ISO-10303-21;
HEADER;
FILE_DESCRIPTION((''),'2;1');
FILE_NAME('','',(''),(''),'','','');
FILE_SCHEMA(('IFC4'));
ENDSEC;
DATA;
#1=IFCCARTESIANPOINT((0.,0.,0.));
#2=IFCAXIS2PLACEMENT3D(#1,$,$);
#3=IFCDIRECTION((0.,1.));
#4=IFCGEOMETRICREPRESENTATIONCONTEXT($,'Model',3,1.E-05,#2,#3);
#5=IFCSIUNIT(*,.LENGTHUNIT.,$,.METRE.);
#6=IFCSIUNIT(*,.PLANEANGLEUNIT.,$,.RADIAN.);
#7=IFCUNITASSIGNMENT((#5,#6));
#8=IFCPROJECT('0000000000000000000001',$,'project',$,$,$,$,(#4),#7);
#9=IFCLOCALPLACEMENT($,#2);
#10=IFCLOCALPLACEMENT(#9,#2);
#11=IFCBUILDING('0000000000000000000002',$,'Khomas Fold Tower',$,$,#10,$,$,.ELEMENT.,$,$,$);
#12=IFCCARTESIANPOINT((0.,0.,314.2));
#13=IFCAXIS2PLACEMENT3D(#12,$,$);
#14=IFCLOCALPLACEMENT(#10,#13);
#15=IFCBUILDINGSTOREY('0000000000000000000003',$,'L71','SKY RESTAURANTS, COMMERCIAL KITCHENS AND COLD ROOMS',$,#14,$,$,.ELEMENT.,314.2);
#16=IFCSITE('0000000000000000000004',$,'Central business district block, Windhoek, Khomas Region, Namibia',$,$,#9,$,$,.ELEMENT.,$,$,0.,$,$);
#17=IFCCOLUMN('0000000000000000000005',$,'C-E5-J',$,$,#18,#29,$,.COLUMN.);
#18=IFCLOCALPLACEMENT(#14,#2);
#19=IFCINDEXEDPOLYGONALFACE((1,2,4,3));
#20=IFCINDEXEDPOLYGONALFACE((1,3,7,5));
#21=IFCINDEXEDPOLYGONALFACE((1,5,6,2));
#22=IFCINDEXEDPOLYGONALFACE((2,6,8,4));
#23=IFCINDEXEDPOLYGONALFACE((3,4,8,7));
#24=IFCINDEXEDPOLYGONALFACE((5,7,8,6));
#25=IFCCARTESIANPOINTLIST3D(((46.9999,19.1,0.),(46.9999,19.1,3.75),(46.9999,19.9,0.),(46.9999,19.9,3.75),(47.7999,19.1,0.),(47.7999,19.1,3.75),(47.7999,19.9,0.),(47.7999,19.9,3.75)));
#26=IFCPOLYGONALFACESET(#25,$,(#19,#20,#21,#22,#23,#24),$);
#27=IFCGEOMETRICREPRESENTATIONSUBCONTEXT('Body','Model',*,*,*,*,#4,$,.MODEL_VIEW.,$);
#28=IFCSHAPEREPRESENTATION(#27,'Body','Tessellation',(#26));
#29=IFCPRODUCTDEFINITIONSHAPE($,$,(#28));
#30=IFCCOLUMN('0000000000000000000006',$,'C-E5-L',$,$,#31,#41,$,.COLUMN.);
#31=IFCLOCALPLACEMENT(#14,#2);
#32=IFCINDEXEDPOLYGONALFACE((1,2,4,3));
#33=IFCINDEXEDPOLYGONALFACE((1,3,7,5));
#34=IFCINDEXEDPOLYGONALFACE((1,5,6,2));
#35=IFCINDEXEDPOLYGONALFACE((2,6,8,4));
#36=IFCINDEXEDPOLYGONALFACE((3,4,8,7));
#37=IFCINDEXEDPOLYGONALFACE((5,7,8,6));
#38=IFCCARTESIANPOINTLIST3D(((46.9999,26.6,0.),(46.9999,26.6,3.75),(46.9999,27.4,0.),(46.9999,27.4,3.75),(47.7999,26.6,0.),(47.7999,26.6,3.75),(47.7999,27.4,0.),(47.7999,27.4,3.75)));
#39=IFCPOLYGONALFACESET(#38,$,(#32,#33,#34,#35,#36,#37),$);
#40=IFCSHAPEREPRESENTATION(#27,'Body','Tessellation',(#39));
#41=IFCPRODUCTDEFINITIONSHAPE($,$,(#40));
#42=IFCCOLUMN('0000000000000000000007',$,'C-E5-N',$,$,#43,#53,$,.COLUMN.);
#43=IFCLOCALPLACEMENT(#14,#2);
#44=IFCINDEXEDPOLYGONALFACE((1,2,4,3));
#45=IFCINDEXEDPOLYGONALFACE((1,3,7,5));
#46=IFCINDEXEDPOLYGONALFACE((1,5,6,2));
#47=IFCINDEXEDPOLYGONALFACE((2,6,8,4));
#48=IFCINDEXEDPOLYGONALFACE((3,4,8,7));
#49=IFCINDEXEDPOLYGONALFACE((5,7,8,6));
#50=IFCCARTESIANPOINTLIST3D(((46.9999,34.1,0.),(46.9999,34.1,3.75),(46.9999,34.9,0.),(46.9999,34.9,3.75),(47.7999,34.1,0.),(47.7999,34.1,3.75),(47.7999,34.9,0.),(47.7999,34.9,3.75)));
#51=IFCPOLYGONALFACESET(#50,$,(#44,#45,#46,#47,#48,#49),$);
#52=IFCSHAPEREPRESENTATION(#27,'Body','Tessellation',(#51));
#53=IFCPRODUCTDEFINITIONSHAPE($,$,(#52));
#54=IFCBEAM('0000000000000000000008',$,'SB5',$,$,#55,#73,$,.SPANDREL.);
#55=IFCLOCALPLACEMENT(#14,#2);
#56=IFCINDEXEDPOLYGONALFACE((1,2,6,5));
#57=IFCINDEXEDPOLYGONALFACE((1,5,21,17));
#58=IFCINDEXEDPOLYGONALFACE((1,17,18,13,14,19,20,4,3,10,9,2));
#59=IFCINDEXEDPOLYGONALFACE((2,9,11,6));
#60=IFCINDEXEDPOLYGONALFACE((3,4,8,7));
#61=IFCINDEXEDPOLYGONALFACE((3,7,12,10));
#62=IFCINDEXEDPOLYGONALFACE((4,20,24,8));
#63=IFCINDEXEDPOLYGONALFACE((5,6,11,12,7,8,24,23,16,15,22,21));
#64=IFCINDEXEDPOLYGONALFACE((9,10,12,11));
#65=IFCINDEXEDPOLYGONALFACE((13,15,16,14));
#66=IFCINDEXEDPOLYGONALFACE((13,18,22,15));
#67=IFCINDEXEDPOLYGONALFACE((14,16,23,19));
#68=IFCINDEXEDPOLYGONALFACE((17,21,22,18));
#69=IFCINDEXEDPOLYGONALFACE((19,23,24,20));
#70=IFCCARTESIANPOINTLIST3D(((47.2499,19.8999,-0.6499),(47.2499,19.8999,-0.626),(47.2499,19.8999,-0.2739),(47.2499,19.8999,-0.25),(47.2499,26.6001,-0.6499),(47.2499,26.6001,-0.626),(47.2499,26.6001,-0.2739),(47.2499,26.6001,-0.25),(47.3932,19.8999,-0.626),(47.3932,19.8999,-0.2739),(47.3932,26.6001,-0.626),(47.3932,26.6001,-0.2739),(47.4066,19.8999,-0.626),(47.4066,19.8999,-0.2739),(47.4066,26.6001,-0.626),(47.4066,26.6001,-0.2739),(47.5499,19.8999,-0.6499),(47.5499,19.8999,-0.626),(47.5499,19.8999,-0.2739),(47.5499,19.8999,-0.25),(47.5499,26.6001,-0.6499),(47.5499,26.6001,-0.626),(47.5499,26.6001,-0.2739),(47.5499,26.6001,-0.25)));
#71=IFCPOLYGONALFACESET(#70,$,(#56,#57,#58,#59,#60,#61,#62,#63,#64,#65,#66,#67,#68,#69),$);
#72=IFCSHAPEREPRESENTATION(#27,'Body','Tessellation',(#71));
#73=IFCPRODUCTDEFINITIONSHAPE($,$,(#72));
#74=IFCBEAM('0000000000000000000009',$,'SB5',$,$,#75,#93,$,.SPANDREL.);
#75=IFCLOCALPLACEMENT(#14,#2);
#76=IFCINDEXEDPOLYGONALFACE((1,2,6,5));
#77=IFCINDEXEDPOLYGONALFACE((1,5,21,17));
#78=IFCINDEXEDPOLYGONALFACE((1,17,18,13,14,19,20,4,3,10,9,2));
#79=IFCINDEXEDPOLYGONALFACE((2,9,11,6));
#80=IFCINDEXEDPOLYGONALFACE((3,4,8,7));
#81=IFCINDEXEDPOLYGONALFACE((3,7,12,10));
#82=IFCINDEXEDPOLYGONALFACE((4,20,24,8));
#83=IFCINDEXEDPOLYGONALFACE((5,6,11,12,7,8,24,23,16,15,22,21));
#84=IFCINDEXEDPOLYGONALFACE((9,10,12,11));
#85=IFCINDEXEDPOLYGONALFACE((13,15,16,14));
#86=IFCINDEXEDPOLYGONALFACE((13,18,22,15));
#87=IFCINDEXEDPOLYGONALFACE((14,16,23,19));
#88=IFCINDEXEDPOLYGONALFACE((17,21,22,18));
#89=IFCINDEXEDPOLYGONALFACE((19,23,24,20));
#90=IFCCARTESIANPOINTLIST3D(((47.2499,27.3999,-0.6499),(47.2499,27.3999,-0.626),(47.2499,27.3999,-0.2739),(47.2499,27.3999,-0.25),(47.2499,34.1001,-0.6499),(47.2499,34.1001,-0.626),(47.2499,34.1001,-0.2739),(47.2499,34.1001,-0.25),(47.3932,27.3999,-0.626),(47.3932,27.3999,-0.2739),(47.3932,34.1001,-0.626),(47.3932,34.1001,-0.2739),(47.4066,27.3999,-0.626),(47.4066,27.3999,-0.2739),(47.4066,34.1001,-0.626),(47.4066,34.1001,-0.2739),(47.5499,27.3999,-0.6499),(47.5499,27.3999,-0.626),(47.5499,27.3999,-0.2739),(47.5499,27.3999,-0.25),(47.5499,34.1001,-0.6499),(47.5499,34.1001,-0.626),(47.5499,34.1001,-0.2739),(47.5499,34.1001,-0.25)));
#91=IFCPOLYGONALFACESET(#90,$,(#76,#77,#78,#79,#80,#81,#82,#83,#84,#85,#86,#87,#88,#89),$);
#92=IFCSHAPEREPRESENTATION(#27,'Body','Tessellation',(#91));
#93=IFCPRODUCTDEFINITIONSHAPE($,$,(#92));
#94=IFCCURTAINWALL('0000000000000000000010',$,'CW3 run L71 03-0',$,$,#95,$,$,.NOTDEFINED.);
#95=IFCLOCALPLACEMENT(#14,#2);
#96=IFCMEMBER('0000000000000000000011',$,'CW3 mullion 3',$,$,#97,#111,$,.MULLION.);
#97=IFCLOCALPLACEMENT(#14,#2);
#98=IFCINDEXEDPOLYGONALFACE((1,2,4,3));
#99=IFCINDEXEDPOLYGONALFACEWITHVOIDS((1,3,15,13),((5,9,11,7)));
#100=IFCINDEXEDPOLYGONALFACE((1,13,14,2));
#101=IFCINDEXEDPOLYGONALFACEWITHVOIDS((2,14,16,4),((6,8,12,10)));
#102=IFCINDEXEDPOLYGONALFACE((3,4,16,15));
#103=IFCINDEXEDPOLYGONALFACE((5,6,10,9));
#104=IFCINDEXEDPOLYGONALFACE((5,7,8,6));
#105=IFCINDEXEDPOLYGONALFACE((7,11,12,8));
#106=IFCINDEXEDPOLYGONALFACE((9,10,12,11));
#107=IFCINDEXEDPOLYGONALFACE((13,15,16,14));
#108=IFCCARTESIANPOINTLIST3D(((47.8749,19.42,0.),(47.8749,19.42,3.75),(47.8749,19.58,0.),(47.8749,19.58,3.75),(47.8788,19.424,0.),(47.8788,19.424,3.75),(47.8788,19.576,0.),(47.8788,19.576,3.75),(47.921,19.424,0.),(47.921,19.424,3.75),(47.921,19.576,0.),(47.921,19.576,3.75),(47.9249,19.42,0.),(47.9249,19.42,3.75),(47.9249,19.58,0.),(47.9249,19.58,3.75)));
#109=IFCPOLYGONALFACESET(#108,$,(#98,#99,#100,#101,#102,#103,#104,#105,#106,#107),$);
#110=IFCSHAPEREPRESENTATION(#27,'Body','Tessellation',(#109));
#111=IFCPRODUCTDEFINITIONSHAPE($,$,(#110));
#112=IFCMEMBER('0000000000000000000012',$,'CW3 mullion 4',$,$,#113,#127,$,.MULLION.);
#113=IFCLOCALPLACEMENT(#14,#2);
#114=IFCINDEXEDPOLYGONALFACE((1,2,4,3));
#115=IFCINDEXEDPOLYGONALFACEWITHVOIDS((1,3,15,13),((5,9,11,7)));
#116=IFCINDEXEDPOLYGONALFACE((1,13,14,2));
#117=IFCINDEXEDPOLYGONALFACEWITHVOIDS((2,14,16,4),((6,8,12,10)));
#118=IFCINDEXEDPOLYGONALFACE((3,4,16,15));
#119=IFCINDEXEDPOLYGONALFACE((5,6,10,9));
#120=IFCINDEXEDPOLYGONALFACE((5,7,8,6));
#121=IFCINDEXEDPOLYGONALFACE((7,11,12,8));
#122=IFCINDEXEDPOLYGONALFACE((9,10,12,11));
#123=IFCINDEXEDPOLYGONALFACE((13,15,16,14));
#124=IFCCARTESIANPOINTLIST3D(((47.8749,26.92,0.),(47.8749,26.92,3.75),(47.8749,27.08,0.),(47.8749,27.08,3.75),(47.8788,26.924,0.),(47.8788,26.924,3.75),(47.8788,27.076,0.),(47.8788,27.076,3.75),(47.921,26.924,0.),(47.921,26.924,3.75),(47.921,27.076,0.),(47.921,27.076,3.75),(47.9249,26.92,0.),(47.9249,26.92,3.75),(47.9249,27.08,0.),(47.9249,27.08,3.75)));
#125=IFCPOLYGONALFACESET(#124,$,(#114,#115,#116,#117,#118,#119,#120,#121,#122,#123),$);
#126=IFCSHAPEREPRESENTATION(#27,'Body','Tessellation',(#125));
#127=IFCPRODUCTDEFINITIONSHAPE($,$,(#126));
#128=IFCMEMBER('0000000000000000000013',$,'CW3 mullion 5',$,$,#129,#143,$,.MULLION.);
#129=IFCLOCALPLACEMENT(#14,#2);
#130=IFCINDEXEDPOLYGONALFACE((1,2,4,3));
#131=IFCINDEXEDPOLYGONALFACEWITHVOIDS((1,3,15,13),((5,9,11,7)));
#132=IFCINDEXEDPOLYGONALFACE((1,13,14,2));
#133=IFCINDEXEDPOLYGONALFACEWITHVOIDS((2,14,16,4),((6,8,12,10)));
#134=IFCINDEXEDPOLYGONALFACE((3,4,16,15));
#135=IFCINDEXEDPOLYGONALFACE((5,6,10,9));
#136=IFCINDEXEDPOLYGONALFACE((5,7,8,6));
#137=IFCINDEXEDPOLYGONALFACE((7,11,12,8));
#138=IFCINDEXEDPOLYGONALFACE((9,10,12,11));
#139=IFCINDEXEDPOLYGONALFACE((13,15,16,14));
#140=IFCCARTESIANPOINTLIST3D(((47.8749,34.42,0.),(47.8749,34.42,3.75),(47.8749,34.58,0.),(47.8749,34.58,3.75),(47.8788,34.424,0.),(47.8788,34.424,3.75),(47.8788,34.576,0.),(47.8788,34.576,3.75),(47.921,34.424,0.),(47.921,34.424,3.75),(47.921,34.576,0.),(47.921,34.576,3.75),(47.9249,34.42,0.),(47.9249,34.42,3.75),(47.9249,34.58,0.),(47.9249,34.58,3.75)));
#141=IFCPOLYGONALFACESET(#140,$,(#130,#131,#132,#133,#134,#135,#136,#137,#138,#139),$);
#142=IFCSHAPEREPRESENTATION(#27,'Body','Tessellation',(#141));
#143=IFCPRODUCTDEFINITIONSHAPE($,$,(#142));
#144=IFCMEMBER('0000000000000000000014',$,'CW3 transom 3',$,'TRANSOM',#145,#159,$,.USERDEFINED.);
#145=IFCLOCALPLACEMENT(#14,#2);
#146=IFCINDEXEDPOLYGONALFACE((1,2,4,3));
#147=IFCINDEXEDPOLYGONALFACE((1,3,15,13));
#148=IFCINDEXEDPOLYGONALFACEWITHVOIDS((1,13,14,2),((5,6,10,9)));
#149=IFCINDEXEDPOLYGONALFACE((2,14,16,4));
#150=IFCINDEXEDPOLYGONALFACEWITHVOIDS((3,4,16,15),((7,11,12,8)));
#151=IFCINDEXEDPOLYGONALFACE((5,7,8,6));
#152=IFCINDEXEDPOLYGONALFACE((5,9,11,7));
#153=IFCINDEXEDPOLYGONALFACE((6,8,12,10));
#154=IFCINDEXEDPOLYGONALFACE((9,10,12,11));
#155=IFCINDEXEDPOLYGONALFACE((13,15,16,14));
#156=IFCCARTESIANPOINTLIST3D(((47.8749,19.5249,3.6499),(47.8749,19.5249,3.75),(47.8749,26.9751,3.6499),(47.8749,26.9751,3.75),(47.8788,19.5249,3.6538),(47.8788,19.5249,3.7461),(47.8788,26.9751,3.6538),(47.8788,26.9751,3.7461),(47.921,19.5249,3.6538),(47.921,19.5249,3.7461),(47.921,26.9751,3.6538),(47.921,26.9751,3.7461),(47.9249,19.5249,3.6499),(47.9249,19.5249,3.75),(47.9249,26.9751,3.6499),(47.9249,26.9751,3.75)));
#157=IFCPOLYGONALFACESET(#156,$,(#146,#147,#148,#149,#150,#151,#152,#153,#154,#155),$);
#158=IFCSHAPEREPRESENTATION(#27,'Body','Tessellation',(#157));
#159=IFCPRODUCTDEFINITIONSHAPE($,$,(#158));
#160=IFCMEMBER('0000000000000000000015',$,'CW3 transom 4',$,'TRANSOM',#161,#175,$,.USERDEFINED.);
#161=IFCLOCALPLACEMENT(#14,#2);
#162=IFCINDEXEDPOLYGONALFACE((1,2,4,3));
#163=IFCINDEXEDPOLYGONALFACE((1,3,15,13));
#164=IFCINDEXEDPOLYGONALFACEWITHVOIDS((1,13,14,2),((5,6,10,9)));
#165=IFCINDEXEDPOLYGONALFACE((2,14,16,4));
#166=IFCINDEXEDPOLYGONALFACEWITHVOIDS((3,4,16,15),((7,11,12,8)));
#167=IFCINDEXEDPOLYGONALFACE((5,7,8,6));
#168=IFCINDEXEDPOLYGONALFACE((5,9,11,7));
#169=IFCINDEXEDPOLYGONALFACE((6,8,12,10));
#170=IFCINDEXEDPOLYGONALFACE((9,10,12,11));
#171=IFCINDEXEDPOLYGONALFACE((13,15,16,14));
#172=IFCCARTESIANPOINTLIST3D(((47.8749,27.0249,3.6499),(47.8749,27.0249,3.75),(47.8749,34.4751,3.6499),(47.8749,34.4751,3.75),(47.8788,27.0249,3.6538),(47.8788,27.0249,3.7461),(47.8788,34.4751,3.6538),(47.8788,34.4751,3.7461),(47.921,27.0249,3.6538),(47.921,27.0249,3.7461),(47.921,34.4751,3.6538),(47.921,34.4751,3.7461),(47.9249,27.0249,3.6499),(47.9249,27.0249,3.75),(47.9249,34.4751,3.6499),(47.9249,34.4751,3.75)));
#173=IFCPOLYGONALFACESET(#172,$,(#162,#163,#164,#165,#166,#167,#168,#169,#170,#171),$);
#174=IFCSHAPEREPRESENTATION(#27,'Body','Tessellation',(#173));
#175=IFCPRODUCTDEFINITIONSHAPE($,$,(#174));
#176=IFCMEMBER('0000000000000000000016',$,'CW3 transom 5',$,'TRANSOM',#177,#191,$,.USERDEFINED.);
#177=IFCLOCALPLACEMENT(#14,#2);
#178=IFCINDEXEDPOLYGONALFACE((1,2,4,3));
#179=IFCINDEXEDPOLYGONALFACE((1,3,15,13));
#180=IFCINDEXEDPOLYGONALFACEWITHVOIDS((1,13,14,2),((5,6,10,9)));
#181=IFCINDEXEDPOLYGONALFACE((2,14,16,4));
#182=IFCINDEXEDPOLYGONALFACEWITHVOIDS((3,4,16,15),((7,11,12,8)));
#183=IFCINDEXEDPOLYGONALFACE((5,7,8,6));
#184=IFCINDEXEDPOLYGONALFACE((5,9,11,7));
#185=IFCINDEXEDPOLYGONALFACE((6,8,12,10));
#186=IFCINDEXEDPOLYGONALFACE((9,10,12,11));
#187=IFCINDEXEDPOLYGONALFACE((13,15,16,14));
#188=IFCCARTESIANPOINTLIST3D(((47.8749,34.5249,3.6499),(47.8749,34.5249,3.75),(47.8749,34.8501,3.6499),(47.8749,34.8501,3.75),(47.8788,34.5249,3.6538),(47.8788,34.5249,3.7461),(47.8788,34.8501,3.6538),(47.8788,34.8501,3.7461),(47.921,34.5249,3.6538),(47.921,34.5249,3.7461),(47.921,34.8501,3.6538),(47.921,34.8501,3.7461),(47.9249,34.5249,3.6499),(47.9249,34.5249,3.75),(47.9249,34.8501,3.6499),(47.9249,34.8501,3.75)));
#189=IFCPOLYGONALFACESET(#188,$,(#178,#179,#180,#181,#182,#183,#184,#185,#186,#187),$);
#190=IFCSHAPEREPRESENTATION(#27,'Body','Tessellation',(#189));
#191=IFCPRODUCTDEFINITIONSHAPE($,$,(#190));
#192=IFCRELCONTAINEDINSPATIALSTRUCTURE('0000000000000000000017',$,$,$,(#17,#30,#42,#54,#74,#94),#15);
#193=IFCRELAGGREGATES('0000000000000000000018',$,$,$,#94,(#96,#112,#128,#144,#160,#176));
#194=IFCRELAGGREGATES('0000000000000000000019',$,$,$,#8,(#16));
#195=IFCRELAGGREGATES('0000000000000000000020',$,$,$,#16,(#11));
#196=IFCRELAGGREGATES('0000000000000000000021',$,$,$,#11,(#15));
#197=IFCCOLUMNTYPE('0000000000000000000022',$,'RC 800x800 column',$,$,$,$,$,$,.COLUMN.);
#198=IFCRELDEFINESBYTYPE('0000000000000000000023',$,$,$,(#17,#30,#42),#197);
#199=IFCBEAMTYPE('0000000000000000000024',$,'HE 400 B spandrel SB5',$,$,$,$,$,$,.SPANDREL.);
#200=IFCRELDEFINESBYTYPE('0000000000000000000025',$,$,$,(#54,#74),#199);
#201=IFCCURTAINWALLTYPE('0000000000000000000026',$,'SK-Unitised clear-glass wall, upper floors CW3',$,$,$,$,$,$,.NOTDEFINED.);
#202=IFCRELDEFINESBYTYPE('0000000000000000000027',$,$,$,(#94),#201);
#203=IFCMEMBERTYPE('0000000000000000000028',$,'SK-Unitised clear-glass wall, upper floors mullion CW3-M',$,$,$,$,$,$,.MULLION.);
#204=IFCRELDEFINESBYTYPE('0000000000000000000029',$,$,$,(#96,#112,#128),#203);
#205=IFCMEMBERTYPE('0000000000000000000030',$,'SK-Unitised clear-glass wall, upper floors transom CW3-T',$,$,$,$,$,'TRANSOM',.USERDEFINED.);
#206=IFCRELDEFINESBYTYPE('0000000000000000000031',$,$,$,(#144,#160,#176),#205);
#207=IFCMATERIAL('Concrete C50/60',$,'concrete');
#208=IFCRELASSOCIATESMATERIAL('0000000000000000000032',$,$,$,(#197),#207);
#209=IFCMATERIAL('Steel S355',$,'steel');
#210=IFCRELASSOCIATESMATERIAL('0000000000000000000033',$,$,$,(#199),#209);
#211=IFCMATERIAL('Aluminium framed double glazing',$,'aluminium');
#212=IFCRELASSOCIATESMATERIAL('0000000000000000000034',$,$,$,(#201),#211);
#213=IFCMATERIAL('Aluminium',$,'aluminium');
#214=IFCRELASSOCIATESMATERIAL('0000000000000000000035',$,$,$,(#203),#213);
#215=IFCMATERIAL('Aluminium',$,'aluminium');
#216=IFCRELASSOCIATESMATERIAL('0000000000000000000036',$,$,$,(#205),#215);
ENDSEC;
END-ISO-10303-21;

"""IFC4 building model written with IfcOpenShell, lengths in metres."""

from ifc_helpers import new_model, si_unit, direction, frame, origin, origin_2d, place, context, subcontext, project, spatial, rectangle, hollow_rectangle, i_section, extrude, source, transform, mapped, material, material_profile, profile_set, type_object, element, aggregate, save


model = new_model("IFC4")

# Units and contexts
model_context = context("Model", 3, precision=1e-05, world=origin(), true_north=direction((0.0, 1.0)))
body_context = subcontext(model_context, "Body", "Model", "MODEL_VIEW")
ifc_project = project(units=[si_unit("LENGTHUNIT", "METRE"), si_unit("PLANEANGLEUNIT", "RADIAN")], contexts=[model_context])

# Site, building, storey
site_placement = place(None, origin())
site = spatial("IfcSite", under=ifc_project, at=site_placement, Name="Central business district block, Windhoek, Khomas Region, Namibia", CompositionType="ELEMENT", RefElevation=0.0)
building_placement = place(site_placement, origin())
building = spatial("IfcBuilding", under=site, at=building_placement, Name="Khomas Fold Tower", CompositionType="ELEMENT")
storey_placement = place(building_placement, frame((0.0, 0.0, 314.2)))
storey = spatial("IfcBuildingStorey", under=building, at=storey_placement, Name="L71", Description="SKY RESTAURANTS, COMMERCIAL KITCHENS AND COLD ROOMS", CompositionType="ELEMENT", Elevation=314.2)

# Columns
ifc_material_1 = material(Name="Concrete C50/60", Category="concrete")
ifc_material_profile_1 = material_profile(ifc_material_1, rectangle(XDim=0.8, YDim=0.8, at=origin_2d()), Name="RC 800x800")
ifc_profile_set_1 = profile_set([ifc_material_profile_1], Name="Concrete C50/60")
column_type = type_object("IfcColumnType", Name="RC 800x800 column", PredefinedType="COLUMN", material=ifc_profile_set_1)
shared_shape_1 = source(origin(), body_context, "Body", "SweptSolid", [
    extrude(rectangle(XDim=0.8, YDim=0.8, at=origin_2d()), origin(), (0.0, 0.0, 1.0), 3.75),
])
for number, where, z_axis, x_axis, name in (
    (1, (47.3999, 19.5, 0.0), (0.0, 0.0, 1.0), (1.0, 0.0, 0.0), "C-E5-J"),
    (2, (47.3999, 27.0, 0.0), (0.0, 0.0, 1.0), (1.0, 0.0, 0.0), "C-E5-L"),
    (3, (47.3999, 34.5, 0.0), (0.0, 0.0, 1.0), (1.0, 0.0, 0.0), "C-E5-N"),
):
    element("IfcColumn", number, at=place(storey_placement, frame(where, z_axis=z_axis, x_axis=x_axis)), inside=storey, type_object=column_type, Name=name, PredefinedType="COLUMN", context=body_context, shape_type="MappedRepresentation", body=[
        mapped(shared_shape_1, transform((0.0, 0.0, 0.0))),
    ])

# Beams
ifc_material_2 = material(Name="Steel S355", Category="steel")
ifc_material_profile_2 = material_profile(ifc_material_2, i_section(OverallWidth=0.3, OverallDepth=0.3999, WebThickness=0.0134, FlangeThickness=0.0239, at=origin_2d()), Name="HE 400 B")
ifc_profile_set_2 = profile_set([ifc_material_profile_2], Name="Steel S355")
beam_type = type_object("IfcBeamType", Name="HE 400 B spandrel SB5", PredefinedType="SPANDREL", material=ifc_profile_set_2)
shared_shape_2 = source(origin(), body_context, "Body", "SweptSolid", [
    extrude(i_section(OverallWidth=0.3, OverallDepth=0.3999, WebThickness=0.0134, FlangeThickness=0.0239, at=origin_2d()), origin(), (0.0, 0.0, 1.0), 6.7002),
])
for number, where, z_axis, x_axis, name in (
    (4, (47.3999, 19.8999, -0.45), (0.0, 1.0, 0.0), (-1.0, 0.0, 0.0), "SB5"),
    (5, (47.3999, 27.3999, -0.45), (0.0, 1.0, 0.0), (-1.0, 0.0, 0.0), "SB5"),
):
    element("IfcBeam", number, at=place(storey_placement, frame(where, z_axis=z_axis, x_axis=x_axis)), inside=storey, type_object=beam_type, Name=name, PredefinedType="SPANDREL", context=body_context, shape_type="MappedRepresentation", body=[
        mapped(shared_shape_2, transform((0.0, 0.0, 0.0))),
    ])

# Curtain wall, members
ifc_material_3 = material(Name="Aluminium framed double glazing", Category="aluminium")
curtain_wall_type = type_object("IfcCurtainWallType", Name="SK-Unitised clear-glass wall, upper floors CW3", PredefinedType="NOTDEFINED", material=ifc_material_3)
curtain_wall_placement = place(storey_placement, origin())
curtain_wall = element("IfcCurtainWall", 6, at=curtain_wall_placement, inside=storey, type_object=curtain_wall_type, Name="CW3 run L71 03-0", PredefinedType="NOTDEFINED")
ifc_material_4 = material(Name="Aluminium", Category="aluminium")
ifc_material_profile_3 = material_profile(ifc_material_4, hollow_rectangle(XDim=0.05, YDim=0.1599, WallThickness=0.0039, at=origin_2d()), Name="SK-Unitised clear-glass wall, upper floors mullion CW3-M")
ifc_profile_set_3 = profile_set([ifc_material_profile_3], Name="Aluminium")
member_type_1 = type_object("IfcMemberType", Name="SK-Unitised clear-glass wall, upper floors mullion CW3-M", PredefinedType="MULLION", material=ifc_profile_set_3)
shared_shape_3 = source(origin(), body_context, "Body", "SweptSolid", [
    extrude(hollow_rectangle(XDim=0.05, YDim=0.1599, WallThickness=0.0039, at=origin_2d()), origin(), (0.0, 0.0, 1.0), 3.75),
])
member_1_placement = place(storey_placement, frame((47.8999, 19.5, 0.0), z_axis=(0.0, 0.0, 1.0), x_axis=(-1.0, 0.0, 0.0)))
member_1 = element("IfcMember", 7, at=member_1_placement, type_object=member_type_1, Name="CW3 mullion 3", PredefinedType="MULLION", context=body_context, shape_type="MappedRepresentation", body=[
    mapped(shared_shape_3, transform((0.0, 0.0, 0.0))),
])
member_2_placement = place(storey_placement, frame((47.8999, 27.0, 0.0), z_axis=(0.0, 0.0, 1.0), x_axis=(-1.0, 0.0, 0.0)))
member_2 = element("IfcMember", 8, at=member_2_placement, type_object=member_type_1, Name="CW3 mullion 4", PredefinedType="MULLION", context=body_context, shape_type="MappedRepresentation", body=[
    mapped(shared_shape_3, transform((0.0, 0.0, 0.0))),
])
member_3_placement = place(storey_placement, frame((47.8999, 34.5, 0.0), z_axis=(0.0, 0.0, 1.0), x_axis=(-1.0, 0.0, 0.0)))
member_3 = element("IfcMember", 9, at=member_3_placement, type_object=member_type_1, Name="CW3 mullion 5", PredefinedType="MULLION", context=body_context, shape_type="MappedRepresentation", body=[
    mapped(shared_shape_3, transform((0.0, 0.0, 0.0))),
])
ifc_material_5 = material(Name="Aluminium", Category="aluminium")
ifc_material_profile_4 = material_profile(ifc_material_5, hollow_rectangle(XDim=0.05, YDim=0.1001, WallThickness=0.0039, at=origin_2d()), Name="SK-Unitised clear-glass wall, upper floors transom CW3-T")
ifc_profile_set_4 = profile_set([ifc_material_profile_4], Name="Aluminium")
member_type_2 = type_object("IfcMemberType", Name="SK-Unitised clear-glass wall, upper floors transom CW3-T", ElementType="TRANSOM", PredefinedType="USERDEFINED", material=ifc_profile_set_4)
shared_shape_4 = source(origin(), body_context, "Body", "SweptSolid", [
    extrude(hollow_rectangle(XDim=0.05, YDim=0.1001, WallThickness=0.0039, at=origin_2d()), origin(), (0.0, 0.0, 1.0), 7.4502),
])
member_4_placement = place(storey_placement, frame((47.8999, 19.5249, 3.7), z_axis=(0.0, 1.0, 0.0), x_axis=(-1.0, 0.0, 0.0)))
member_4 = element("IfcMember", 10, at=member_4_placement, type_object=member_type_2, Name="CW3 transom 3", ObjectType="TRANSOM", PredefinedType="USERDEFINED", context=body_context, shape_type="MappedRepresentation", body=[
    mapped(shared_shape_4, transform((0.0, 0.0, 0.0))),
])
member_5_placement = place(storey_placement, frame((47.8999, 27.0249, 3.7), z_axis=(0.0, 1.0, 0.0), x_axis=(-1.0, 0.0, 0.0)))
member_5 = element("IfcMember", 11, at=member_5_placement, type_object=member_type_2, Name="CW3 transom 4", ObjectType="TRANSOM", PredefinedType="USERDEFINED", context=body_context, shape_type="MappedRepresentation", body=[
    mapped(shared_shape_4, transform((0.0, 0.0, 0.0))),
])
shared_shape_5 = source(origin(), body_context, "Body", "SweptSolid", [
    extrude(hollow_rectangle(XDim=0.05, YDim=0.1001, WallThickness=0.0039, at=origin_2d()), origin(), (0.0, 0.0, 1.0), 0.3252),
])
member_6_placement = place(storey_placement, frame((47.8999, 34.5249, 3.7), z_axis=(0.0, 1.0, 0.0), x_axis=(-1.0, 0.0, 0.0)))
member_6 = element("IfcMember", 12, at=member_6_placement, type_object=member_type_2, Name="CW3 transom 5", ObjectType="TRANSOM", PredefinedType="USERDEFINED", context=body_context, shape_type="MappedRepresentation", body=[
    mapped(shared_shape_5, transform((0.0, 0.0, 0.0))),
])
aggregate(curtain_wall, [member_1, member_2, member_3, member_4, member_5, member_6])

save(model, "model.ifc")
